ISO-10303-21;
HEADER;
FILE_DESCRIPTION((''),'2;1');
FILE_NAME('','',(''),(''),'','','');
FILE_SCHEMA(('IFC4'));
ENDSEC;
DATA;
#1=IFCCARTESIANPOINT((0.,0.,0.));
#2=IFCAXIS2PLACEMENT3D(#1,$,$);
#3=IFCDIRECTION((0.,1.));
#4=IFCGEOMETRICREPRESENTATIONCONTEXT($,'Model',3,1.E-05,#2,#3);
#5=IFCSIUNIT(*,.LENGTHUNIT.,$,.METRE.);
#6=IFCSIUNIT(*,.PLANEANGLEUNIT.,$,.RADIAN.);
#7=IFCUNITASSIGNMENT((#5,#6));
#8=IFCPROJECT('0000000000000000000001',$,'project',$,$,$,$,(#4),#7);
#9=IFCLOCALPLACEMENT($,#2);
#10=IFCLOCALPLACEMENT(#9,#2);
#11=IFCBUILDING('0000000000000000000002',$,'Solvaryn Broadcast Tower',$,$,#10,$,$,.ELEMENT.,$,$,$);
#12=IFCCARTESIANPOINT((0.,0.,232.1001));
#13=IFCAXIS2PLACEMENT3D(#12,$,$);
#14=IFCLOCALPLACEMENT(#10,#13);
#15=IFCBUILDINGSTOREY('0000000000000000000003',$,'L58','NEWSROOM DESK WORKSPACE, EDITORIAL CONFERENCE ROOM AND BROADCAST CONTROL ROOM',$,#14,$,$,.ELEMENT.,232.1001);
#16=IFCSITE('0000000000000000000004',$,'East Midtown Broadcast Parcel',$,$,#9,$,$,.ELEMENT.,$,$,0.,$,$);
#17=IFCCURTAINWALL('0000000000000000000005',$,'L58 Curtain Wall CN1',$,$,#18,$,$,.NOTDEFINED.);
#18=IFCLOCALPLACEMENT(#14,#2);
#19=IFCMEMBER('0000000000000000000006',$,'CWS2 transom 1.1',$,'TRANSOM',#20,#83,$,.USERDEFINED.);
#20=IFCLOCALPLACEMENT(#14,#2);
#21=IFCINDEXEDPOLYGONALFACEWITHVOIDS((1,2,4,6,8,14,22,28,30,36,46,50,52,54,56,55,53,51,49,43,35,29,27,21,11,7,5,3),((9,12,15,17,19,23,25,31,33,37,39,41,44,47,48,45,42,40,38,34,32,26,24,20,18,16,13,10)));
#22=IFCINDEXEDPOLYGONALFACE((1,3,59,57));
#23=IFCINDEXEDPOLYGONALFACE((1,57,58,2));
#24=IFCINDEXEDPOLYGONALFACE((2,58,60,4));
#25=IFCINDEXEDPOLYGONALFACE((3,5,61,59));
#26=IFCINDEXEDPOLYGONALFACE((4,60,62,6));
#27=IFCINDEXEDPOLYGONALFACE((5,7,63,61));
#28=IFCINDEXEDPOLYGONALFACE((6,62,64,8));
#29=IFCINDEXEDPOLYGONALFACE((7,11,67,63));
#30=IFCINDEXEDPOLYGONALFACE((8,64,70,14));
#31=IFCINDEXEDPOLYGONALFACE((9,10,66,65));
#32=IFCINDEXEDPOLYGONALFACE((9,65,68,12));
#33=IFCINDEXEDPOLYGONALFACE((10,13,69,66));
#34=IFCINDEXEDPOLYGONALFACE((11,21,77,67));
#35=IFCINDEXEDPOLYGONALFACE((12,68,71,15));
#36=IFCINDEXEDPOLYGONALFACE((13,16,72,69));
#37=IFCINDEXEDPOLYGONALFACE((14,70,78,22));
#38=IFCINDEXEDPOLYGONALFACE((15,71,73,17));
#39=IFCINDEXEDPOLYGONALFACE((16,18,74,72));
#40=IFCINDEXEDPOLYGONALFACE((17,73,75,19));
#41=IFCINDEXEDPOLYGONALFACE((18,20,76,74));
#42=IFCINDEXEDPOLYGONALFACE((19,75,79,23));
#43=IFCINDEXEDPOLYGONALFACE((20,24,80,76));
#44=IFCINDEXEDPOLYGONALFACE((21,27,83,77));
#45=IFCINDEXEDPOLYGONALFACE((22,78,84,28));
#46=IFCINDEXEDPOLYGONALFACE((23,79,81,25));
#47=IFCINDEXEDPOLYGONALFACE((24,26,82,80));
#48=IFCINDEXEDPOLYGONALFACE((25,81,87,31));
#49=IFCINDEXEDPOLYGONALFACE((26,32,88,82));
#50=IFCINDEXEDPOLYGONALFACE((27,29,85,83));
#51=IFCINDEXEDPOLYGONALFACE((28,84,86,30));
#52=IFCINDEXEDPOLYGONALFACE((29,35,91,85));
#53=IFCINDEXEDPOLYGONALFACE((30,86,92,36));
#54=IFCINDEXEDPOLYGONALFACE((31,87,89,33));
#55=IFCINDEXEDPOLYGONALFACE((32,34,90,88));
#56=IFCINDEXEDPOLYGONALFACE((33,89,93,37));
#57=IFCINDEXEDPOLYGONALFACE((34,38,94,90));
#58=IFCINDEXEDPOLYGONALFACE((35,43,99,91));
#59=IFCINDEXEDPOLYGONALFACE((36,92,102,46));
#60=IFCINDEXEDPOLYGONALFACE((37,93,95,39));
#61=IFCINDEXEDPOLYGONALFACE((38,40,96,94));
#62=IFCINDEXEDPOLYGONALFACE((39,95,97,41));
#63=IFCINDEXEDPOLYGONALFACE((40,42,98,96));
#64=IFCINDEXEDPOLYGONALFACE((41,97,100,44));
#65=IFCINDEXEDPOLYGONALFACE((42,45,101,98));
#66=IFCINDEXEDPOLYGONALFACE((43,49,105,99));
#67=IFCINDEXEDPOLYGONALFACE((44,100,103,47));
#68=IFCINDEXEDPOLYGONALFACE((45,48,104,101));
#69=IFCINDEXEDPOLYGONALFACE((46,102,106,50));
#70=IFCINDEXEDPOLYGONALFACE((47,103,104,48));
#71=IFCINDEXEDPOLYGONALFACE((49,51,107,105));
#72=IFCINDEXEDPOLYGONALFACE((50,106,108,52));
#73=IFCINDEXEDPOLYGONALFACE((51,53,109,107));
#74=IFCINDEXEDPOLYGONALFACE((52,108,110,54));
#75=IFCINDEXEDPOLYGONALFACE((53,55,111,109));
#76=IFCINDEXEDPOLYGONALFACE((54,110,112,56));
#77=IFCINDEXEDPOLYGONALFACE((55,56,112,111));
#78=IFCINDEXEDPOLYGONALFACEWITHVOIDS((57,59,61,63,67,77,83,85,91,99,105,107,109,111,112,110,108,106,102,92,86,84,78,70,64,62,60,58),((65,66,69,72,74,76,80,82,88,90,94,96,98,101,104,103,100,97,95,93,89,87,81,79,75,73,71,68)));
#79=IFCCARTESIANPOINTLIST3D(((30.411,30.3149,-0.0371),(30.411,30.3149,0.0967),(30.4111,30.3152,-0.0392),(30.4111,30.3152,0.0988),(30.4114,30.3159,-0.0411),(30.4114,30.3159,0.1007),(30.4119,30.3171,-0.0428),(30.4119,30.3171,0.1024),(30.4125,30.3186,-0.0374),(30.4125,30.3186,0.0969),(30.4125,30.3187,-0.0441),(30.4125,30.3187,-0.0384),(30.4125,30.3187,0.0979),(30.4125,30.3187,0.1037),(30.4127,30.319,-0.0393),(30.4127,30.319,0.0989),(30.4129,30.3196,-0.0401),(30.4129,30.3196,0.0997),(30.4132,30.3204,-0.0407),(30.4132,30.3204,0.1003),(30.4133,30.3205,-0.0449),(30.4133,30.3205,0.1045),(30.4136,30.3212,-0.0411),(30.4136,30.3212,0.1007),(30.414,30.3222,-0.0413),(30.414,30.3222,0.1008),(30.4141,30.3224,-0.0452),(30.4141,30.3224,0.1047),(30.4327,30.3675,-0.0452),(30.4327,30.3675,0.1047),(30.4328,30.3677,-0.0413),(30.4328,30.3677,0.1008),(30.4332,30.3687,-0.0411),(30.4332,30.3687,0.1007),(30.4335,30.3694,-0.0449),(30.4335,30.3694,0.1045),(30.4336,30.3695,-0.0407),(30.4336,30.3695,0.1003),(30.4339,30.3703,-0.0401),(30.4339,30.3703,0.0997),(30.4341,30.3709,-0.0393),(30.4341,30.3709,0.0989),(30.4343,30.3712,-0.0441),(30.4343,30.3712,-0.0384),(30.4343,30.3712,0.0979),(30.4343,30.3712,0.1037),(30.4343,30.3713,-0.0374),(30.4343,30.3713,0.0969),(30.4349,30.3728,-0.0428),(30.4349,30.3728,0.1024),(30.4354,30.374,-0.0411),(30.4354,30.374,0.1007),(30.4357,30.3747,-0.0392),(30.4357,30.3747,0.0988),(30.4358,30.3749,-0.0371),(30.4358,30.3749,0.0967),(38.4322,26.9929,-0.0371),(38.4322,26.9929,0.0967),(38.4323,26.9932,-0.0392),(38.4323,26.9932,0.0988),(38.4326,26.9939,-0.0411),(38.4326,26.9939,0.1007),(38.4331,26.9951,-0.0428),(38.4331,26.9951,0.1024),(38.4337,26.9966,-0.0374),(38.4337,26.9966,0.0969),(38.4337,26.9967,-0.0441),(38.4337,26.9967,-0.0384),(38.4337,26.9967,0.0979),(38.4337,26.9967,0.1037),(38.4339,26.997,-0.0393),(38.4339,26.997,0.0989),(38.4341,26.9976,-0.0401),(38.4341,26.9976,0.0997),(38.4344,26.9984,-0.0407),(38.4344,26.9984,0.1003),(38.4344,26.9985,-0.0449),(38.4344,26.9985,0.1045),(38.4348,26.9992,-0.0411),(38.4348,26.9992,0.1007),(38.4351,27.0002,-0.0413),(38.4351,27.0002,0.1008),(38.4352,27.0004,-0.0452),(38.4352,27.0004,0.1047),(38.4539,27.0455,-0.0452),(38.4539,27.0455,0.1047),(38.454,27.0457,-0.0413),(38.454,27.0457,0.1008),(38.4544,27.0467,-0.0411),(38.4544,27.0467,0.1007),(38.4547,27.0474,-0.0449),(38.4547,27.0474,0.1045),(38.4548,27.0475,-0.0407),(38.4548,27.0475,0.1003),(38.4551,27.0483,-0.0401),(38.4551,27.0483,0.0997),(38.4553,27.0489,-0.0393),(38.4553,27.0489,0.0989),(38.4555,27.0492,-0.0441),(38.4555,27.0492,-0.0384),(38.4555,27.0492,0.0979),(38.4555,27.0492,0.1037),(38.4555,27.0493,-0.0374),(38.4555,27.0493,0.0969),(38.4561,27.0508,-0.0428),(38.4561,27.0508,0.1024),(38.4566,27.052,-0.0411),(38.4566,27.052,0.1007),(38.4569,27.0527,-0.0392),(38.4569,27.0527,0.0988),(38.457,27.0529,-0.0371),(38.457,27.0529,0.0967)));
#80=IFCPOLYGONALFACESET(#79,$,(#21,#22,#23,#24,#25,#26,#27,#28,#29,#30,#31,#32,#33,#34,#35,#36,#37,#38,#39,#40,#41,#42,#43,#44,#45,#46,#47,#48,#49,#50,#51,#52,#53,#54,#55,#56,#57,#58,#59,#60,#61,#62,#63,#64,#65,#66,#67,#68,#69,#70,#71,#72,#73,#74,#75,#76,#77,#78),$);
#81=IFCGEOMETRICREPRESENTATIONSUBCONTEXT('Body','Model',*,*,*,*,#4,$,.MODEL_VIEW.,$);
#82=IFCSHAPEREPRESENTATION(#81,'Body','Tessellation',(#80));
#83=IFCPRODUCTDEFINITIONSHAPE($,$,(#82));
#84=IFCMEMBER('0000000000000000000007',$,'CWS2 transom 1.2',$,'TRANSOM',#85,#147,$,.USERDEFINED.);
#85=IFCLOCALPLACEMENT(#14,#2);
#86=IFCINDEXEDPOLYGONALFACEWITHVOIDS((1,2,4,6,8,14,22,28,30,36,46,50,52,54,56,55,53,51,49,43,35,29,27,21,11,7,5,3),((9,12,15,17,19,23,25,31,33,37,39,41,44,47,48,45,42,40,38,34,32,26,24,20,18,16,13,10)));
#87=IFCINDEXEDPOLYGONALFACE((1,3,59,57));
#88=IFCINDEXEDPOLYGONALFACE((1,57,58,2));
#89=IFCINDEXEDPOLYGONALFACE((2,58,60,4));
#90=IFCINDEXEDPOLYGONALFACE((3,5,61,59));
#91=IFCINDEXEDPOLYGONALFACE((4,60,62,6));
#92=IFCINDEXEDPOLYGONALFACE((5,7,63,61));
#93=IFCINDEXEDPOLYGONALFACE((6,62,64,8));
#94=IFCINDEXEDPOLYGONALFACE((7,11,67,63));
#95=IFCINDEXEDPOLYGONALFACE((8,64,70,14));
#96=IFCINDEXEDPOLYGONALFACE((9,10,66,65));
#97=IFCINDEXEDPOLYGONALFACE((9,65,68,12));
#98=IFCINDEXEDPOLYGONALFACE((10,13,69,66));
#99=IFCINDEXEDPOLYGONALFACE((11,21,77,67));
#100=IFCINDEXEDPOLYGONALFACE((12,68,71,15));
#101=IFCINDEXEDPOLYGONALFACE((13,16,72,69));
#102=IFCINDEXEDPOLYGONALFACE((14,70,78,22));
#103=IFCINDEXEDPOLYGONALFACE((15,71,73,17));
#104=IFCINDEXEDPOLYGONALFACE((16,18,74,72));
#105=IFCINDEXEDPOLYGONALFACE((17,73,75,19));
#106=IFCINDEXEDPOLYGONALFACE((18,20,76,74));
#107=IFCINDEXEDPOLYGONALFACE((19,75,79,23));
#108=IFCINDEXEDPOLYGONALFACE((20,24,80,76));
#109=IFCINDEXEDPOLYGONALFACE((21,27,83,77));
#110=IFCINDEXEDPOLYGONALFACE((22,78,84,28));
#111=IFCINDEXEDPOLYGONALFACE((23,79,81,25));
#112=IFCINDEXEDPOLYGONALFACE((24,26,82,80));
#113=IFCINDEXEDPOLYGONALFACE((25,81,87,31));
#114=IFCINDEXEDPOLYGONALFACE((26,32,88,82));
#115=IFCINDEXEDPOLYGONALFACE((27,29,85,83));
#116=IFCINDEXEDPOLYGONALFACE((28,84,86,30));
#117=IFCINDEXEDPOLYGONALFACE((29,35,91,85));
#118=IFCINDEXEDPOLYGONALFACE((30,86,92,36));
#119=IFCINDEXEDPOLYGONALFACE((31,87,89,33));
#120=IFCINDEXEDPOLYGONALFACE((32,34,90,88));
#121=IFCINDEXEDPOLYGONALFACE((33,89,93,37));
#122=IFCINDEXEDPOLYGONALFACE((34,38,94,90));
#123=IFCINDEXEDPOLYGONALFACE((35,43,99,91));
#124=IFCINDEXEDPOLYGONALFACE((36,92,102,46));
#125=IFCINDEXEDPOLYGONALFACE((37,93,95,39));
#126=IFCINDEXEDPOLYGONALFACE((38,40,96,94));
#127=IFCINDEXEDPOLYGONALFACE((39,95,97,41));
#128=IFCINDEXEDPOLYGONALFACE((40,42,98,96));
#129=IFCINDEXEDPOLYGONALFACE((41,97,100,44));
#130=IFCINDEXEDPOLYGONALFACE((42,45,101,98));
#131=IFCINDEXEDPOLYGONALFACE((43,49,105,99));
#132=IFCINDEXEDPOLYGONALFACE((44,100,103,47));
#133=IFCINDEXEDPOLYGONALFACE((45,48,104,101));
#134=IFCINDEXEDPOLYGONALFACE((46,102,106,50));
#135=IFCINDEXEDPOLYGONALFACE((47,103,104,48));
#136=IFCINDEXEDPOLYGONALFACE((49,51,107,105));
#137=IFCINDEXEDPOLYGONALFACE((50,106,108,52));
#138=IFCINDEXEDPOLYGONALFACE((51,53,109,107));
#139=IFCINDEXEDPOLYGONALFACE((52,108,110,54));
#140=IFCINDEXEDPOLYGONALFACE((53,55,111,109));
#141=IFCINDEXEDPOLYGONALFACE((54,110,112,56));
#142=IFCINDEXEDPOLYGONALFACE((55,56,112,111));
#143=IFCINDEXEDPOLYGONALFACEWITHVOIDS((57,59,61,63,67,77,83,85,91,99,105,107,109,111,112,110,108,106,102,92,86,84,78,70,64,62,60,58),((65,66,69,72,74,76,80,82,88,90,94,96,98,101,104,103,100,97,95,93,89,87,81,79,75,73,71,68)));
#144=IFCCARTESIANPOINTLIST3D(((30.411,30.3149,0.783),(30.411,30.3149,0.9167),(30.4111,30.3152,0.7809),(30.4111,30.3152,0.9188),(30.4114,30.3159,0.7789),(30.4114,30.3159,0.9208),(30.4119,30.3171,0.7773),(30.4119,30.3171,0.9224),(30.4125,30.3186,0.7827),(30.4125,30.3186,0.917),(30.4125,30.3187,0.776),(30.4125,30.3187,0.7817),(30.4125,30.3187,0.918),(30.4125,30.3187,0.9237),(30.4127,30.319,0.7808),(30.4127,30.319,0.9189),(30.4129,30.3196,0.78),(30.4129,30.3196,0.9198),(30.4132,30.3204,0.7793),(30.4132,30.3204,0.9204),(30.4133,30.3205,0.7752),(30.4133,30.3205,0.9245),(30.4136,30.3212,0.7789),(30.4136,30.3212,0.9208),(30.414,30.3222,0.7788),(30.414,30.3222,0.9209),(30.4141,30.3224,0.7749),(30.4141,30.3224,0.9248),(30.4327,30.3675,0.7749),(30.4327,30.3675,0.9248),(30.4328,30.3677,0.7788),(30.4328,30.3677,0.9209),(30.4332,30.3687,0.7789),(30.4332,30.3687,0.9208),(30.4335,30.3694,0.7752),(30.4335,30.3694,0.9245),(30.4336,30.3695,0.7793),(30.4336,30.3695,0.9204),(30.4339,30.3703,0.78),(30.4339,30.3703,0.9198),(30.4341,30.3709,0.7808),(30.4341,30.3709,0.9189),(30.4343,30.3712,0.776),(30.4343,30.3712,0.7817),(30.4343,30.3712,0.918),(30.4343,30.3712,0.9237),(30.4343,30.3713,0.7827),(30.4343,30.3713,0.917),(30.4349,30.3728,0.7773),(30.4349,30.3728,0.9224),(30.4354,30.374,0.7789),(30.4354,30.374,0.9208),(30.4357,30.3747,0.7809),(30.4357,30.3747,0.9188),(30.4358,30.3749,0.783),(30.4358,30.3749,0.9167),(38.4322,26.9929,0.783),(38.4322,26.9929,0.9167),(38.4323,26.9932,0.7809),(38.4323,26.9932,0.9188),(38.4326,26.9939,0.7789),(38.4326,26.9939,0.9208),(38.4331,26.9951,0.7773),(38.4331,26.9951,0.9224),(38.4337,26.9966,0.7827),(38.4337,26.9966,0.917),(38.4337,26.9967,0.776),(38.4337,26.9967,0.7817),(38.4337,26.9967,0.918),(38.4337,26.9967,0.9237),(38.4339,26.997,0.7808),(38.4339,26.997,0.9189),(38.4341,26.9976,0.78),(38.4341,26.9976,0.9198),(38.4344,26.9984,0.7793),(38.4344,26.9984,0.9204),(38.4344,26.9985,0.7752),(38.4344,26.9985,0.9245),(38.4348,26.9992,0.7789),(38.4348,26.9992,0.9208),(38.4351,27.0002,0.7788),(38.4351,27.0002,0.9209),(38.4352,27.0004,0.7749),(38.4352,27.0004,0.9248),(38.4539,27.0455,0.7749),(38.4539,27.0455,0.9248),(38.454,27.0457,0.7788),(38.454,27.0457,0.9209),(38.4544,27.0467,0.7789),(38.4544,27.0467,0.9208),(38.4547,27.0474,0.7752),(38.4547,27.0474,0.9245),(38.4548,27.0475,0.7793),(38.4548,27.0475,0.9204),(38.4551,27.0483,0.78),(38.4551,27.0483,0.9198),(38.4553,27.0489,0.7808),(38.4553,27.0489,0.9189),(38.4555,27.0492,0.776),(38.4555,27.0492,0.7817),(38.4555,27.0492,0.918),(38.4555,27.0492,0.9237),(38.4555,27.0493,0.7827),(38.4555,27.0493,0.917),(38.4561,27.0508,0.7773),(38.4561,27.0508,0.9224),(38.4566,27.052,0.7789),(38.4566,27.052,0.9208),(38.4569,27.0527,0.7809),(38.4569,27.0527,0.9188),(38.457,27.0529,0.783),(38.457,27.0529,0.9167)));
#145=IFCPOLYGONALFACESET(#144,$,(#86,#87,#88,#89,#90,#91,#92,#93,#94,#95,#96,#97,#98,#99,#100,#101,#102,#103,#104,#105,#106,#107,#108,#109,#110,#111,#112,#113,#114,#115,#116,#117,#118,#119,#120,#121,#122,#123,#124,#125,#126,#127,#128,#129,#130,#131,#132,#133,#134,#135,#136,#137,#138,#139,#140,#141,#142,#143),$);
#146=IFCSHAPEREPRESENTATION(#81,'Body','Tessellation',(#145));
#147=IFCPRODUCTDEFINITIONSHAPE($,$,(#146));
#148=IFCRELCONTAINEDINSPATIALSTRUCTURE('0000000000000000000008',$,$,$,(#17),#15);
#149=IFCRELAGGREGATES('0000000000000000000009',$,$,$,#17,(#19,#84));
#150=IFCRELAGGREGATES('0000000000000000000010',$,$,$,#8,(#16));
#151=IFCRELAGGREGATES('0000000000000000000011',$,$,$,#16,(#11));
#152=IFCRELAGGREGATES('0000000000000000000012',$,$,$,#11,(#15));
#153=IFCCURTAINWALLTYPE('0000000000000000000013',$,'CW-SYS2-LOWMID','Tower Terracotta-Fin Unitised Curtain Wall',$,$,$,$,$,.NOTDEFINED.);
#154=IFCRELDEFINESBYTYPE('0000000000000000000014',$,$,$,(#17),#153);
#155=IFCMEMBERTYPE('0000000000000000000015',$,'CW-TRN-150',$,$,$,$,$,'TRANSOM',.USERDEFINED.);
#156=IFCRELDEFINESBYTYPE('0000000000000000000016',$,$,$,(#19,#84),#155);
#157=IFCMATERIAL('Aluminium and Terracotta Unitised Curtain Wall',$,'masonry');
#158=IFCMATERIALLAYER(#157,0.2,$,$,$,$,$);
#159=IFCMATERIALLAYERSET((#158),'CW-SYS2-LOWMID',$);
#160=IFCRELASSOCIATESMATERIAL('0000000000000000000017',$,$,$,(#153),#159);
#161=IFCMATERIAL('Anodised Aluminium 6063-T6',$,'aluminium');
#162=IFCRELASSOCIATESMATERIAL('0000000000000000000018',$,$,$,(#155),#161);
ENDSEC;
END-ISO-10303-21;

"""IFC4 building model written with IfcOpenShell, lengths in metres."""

from ifc_helpers import new_model, si_unit, direction, frame, origin, origin_2d, place, context, subcontext, project, spatial, hollow_rectangle, extrude, material, layer, layer_set, material_profile, profile_set, type_object, element, aggregate, save


model = new_model("IFC4")

# Units and contexts
model_context = context("Model", 3, precision=1e-05, world=origin(), true_north=direction((0.0, 1.0)))
body_context = subcontext(model_context, "Body", "Model", "MODEL_VIEW")
ifc_project = project(units=[si_unit("LENGTHUNIT", "METRE"), si_unit("PLANEANGLEUNIT", "RADIAN")], contexts=[model_context])

# Site, building, storey
site_placement = place(None, origin())
site = spatial("IfcSite", under=ifc_project, at=site_placement, Name="East Midtown Broadcast Parcel", CompositionType="ELEMENT", RefElevation=0.0)
building_placement = place(site_placement, origin())
building = spatial("IfcBuilding", under=site, at=building_placement, Name="Solvaryn Broadcast Tower", CompositionType="ELEMENT")
storey_placement = place(building_placement, frame((0.0, 0.0, 232.1001)))
storey = spatial("IfcBuildingStorey", under=building, at=storey_placement, Name="L58", Description="NEWSROOM DESK WORKSPACE, EDITORIAL CONFERENCE ROOM AND BROADCAST CONTROL ROOM", CompositionType="ELEMENT", Elevation=232.1001)

# Curtain wall
ifc_material_1 = material(Name="Aluminium and Terracotta Unitised Curtain Wall", Category="masonry")
ifc_layer_1 = layer(ifc_material_1, 0.2)
ifc_layer_set_1 = layer_set([ifc_layer_1], Name="CW-SYS2-LOWMID")
curtain_wall_type = type_object("IfcCurtainWallType", Name="CW-SYS2-LOWMID", Description="Tower Terracotta-Fin Unitised Curtain Wall", PredefinedType="NOTDEFINED", material=ifc_layer_set_1)
curtain_wall_1_placement = place(storey_placement, origin())
curtain_wall_1 = element("IfcCurtainWall", 1, at=curtain_wall_1_placement, inside=storey, type_object=curtain_wall_type, Name="L58 Curtain Wall CN1", PredefinedType="NOTDEFINED")

# Members
ifc_material_2 = material(Name="Anodised Aluminium 6063-T6", Category="aluminium")
ifc_material_profile_1 = material_profile(ifc_material_2, hollow_rectangle(XDim=0.0649, YDim=0.1499, WallThickness=0.0039, InnerFilletRadius=0.0039, OuterFilletRadius=0.0081, at=origin_2d()))
ifc_profile_set_1 = profile_set([ifc_material_profile_1], Name="Anodised Aluminium 6063-T6")
member_type_1 = type_object("IfcMemberType", Name="CW-TRN-150", ElementType="TRANSOM", PredefinedType="USERDEFINED", material=ifc_profile_set_1)
member_1_placement = place(storey_placement, frame((38.4446, 27.0229, 0.0298), z_axis=(-0.923899, 0.382636, 0.0), x_axis=(-0.382636, -0.923899, 0.0)))
member_1 = element("IfcMember", 2, at=member_1_placement, type_object=member_type_1, Name="CWS2 transom 1.1", ObjectType="TRANSOM", PredefinedType="USERDEFINED", context=body_context, shape_type="SweptSolid", body=[
    extrude(hollow_rectangle(XDim=0.0649, YDim=0.1499, WallThickness=0.0039, InnerFilletRadius=0.0039, OuterFilletRadius=0.0081, at=origin_2d()), origin(), (0.0, 0.0, 1.0), 8.6819),
])
member_2_placement = place(storey_placement, frame((38.4446, 27.0229, 0.8499), z_axis=(-0.923899, 0.382636, 0.0), x_axis=(-0.382636, -0.923899, 0.0)))
member_2 = element("IfcMember", 3, at=member_2_placement, type_object=member_type_1, Name="CWS2 transom 1.2", ObjectType="TRANSOM", PredefinedType="USERDEFINED", context=body_context, shape_type="SweptSolid", body=[
    extrude(hollow_rectangle(XDim=0.0649, YDim=0.1499, WallThickness=0.0039, InnerFilletRadius=0.0039, OuterFilletRadius=0.0081, at=origin_2d()), origin(), (0.0, 0.0, 1.0), 8.6819),
])
aggregate(curtain_wall_1, [member_1, member_2])

save(model, "model.ifc")
